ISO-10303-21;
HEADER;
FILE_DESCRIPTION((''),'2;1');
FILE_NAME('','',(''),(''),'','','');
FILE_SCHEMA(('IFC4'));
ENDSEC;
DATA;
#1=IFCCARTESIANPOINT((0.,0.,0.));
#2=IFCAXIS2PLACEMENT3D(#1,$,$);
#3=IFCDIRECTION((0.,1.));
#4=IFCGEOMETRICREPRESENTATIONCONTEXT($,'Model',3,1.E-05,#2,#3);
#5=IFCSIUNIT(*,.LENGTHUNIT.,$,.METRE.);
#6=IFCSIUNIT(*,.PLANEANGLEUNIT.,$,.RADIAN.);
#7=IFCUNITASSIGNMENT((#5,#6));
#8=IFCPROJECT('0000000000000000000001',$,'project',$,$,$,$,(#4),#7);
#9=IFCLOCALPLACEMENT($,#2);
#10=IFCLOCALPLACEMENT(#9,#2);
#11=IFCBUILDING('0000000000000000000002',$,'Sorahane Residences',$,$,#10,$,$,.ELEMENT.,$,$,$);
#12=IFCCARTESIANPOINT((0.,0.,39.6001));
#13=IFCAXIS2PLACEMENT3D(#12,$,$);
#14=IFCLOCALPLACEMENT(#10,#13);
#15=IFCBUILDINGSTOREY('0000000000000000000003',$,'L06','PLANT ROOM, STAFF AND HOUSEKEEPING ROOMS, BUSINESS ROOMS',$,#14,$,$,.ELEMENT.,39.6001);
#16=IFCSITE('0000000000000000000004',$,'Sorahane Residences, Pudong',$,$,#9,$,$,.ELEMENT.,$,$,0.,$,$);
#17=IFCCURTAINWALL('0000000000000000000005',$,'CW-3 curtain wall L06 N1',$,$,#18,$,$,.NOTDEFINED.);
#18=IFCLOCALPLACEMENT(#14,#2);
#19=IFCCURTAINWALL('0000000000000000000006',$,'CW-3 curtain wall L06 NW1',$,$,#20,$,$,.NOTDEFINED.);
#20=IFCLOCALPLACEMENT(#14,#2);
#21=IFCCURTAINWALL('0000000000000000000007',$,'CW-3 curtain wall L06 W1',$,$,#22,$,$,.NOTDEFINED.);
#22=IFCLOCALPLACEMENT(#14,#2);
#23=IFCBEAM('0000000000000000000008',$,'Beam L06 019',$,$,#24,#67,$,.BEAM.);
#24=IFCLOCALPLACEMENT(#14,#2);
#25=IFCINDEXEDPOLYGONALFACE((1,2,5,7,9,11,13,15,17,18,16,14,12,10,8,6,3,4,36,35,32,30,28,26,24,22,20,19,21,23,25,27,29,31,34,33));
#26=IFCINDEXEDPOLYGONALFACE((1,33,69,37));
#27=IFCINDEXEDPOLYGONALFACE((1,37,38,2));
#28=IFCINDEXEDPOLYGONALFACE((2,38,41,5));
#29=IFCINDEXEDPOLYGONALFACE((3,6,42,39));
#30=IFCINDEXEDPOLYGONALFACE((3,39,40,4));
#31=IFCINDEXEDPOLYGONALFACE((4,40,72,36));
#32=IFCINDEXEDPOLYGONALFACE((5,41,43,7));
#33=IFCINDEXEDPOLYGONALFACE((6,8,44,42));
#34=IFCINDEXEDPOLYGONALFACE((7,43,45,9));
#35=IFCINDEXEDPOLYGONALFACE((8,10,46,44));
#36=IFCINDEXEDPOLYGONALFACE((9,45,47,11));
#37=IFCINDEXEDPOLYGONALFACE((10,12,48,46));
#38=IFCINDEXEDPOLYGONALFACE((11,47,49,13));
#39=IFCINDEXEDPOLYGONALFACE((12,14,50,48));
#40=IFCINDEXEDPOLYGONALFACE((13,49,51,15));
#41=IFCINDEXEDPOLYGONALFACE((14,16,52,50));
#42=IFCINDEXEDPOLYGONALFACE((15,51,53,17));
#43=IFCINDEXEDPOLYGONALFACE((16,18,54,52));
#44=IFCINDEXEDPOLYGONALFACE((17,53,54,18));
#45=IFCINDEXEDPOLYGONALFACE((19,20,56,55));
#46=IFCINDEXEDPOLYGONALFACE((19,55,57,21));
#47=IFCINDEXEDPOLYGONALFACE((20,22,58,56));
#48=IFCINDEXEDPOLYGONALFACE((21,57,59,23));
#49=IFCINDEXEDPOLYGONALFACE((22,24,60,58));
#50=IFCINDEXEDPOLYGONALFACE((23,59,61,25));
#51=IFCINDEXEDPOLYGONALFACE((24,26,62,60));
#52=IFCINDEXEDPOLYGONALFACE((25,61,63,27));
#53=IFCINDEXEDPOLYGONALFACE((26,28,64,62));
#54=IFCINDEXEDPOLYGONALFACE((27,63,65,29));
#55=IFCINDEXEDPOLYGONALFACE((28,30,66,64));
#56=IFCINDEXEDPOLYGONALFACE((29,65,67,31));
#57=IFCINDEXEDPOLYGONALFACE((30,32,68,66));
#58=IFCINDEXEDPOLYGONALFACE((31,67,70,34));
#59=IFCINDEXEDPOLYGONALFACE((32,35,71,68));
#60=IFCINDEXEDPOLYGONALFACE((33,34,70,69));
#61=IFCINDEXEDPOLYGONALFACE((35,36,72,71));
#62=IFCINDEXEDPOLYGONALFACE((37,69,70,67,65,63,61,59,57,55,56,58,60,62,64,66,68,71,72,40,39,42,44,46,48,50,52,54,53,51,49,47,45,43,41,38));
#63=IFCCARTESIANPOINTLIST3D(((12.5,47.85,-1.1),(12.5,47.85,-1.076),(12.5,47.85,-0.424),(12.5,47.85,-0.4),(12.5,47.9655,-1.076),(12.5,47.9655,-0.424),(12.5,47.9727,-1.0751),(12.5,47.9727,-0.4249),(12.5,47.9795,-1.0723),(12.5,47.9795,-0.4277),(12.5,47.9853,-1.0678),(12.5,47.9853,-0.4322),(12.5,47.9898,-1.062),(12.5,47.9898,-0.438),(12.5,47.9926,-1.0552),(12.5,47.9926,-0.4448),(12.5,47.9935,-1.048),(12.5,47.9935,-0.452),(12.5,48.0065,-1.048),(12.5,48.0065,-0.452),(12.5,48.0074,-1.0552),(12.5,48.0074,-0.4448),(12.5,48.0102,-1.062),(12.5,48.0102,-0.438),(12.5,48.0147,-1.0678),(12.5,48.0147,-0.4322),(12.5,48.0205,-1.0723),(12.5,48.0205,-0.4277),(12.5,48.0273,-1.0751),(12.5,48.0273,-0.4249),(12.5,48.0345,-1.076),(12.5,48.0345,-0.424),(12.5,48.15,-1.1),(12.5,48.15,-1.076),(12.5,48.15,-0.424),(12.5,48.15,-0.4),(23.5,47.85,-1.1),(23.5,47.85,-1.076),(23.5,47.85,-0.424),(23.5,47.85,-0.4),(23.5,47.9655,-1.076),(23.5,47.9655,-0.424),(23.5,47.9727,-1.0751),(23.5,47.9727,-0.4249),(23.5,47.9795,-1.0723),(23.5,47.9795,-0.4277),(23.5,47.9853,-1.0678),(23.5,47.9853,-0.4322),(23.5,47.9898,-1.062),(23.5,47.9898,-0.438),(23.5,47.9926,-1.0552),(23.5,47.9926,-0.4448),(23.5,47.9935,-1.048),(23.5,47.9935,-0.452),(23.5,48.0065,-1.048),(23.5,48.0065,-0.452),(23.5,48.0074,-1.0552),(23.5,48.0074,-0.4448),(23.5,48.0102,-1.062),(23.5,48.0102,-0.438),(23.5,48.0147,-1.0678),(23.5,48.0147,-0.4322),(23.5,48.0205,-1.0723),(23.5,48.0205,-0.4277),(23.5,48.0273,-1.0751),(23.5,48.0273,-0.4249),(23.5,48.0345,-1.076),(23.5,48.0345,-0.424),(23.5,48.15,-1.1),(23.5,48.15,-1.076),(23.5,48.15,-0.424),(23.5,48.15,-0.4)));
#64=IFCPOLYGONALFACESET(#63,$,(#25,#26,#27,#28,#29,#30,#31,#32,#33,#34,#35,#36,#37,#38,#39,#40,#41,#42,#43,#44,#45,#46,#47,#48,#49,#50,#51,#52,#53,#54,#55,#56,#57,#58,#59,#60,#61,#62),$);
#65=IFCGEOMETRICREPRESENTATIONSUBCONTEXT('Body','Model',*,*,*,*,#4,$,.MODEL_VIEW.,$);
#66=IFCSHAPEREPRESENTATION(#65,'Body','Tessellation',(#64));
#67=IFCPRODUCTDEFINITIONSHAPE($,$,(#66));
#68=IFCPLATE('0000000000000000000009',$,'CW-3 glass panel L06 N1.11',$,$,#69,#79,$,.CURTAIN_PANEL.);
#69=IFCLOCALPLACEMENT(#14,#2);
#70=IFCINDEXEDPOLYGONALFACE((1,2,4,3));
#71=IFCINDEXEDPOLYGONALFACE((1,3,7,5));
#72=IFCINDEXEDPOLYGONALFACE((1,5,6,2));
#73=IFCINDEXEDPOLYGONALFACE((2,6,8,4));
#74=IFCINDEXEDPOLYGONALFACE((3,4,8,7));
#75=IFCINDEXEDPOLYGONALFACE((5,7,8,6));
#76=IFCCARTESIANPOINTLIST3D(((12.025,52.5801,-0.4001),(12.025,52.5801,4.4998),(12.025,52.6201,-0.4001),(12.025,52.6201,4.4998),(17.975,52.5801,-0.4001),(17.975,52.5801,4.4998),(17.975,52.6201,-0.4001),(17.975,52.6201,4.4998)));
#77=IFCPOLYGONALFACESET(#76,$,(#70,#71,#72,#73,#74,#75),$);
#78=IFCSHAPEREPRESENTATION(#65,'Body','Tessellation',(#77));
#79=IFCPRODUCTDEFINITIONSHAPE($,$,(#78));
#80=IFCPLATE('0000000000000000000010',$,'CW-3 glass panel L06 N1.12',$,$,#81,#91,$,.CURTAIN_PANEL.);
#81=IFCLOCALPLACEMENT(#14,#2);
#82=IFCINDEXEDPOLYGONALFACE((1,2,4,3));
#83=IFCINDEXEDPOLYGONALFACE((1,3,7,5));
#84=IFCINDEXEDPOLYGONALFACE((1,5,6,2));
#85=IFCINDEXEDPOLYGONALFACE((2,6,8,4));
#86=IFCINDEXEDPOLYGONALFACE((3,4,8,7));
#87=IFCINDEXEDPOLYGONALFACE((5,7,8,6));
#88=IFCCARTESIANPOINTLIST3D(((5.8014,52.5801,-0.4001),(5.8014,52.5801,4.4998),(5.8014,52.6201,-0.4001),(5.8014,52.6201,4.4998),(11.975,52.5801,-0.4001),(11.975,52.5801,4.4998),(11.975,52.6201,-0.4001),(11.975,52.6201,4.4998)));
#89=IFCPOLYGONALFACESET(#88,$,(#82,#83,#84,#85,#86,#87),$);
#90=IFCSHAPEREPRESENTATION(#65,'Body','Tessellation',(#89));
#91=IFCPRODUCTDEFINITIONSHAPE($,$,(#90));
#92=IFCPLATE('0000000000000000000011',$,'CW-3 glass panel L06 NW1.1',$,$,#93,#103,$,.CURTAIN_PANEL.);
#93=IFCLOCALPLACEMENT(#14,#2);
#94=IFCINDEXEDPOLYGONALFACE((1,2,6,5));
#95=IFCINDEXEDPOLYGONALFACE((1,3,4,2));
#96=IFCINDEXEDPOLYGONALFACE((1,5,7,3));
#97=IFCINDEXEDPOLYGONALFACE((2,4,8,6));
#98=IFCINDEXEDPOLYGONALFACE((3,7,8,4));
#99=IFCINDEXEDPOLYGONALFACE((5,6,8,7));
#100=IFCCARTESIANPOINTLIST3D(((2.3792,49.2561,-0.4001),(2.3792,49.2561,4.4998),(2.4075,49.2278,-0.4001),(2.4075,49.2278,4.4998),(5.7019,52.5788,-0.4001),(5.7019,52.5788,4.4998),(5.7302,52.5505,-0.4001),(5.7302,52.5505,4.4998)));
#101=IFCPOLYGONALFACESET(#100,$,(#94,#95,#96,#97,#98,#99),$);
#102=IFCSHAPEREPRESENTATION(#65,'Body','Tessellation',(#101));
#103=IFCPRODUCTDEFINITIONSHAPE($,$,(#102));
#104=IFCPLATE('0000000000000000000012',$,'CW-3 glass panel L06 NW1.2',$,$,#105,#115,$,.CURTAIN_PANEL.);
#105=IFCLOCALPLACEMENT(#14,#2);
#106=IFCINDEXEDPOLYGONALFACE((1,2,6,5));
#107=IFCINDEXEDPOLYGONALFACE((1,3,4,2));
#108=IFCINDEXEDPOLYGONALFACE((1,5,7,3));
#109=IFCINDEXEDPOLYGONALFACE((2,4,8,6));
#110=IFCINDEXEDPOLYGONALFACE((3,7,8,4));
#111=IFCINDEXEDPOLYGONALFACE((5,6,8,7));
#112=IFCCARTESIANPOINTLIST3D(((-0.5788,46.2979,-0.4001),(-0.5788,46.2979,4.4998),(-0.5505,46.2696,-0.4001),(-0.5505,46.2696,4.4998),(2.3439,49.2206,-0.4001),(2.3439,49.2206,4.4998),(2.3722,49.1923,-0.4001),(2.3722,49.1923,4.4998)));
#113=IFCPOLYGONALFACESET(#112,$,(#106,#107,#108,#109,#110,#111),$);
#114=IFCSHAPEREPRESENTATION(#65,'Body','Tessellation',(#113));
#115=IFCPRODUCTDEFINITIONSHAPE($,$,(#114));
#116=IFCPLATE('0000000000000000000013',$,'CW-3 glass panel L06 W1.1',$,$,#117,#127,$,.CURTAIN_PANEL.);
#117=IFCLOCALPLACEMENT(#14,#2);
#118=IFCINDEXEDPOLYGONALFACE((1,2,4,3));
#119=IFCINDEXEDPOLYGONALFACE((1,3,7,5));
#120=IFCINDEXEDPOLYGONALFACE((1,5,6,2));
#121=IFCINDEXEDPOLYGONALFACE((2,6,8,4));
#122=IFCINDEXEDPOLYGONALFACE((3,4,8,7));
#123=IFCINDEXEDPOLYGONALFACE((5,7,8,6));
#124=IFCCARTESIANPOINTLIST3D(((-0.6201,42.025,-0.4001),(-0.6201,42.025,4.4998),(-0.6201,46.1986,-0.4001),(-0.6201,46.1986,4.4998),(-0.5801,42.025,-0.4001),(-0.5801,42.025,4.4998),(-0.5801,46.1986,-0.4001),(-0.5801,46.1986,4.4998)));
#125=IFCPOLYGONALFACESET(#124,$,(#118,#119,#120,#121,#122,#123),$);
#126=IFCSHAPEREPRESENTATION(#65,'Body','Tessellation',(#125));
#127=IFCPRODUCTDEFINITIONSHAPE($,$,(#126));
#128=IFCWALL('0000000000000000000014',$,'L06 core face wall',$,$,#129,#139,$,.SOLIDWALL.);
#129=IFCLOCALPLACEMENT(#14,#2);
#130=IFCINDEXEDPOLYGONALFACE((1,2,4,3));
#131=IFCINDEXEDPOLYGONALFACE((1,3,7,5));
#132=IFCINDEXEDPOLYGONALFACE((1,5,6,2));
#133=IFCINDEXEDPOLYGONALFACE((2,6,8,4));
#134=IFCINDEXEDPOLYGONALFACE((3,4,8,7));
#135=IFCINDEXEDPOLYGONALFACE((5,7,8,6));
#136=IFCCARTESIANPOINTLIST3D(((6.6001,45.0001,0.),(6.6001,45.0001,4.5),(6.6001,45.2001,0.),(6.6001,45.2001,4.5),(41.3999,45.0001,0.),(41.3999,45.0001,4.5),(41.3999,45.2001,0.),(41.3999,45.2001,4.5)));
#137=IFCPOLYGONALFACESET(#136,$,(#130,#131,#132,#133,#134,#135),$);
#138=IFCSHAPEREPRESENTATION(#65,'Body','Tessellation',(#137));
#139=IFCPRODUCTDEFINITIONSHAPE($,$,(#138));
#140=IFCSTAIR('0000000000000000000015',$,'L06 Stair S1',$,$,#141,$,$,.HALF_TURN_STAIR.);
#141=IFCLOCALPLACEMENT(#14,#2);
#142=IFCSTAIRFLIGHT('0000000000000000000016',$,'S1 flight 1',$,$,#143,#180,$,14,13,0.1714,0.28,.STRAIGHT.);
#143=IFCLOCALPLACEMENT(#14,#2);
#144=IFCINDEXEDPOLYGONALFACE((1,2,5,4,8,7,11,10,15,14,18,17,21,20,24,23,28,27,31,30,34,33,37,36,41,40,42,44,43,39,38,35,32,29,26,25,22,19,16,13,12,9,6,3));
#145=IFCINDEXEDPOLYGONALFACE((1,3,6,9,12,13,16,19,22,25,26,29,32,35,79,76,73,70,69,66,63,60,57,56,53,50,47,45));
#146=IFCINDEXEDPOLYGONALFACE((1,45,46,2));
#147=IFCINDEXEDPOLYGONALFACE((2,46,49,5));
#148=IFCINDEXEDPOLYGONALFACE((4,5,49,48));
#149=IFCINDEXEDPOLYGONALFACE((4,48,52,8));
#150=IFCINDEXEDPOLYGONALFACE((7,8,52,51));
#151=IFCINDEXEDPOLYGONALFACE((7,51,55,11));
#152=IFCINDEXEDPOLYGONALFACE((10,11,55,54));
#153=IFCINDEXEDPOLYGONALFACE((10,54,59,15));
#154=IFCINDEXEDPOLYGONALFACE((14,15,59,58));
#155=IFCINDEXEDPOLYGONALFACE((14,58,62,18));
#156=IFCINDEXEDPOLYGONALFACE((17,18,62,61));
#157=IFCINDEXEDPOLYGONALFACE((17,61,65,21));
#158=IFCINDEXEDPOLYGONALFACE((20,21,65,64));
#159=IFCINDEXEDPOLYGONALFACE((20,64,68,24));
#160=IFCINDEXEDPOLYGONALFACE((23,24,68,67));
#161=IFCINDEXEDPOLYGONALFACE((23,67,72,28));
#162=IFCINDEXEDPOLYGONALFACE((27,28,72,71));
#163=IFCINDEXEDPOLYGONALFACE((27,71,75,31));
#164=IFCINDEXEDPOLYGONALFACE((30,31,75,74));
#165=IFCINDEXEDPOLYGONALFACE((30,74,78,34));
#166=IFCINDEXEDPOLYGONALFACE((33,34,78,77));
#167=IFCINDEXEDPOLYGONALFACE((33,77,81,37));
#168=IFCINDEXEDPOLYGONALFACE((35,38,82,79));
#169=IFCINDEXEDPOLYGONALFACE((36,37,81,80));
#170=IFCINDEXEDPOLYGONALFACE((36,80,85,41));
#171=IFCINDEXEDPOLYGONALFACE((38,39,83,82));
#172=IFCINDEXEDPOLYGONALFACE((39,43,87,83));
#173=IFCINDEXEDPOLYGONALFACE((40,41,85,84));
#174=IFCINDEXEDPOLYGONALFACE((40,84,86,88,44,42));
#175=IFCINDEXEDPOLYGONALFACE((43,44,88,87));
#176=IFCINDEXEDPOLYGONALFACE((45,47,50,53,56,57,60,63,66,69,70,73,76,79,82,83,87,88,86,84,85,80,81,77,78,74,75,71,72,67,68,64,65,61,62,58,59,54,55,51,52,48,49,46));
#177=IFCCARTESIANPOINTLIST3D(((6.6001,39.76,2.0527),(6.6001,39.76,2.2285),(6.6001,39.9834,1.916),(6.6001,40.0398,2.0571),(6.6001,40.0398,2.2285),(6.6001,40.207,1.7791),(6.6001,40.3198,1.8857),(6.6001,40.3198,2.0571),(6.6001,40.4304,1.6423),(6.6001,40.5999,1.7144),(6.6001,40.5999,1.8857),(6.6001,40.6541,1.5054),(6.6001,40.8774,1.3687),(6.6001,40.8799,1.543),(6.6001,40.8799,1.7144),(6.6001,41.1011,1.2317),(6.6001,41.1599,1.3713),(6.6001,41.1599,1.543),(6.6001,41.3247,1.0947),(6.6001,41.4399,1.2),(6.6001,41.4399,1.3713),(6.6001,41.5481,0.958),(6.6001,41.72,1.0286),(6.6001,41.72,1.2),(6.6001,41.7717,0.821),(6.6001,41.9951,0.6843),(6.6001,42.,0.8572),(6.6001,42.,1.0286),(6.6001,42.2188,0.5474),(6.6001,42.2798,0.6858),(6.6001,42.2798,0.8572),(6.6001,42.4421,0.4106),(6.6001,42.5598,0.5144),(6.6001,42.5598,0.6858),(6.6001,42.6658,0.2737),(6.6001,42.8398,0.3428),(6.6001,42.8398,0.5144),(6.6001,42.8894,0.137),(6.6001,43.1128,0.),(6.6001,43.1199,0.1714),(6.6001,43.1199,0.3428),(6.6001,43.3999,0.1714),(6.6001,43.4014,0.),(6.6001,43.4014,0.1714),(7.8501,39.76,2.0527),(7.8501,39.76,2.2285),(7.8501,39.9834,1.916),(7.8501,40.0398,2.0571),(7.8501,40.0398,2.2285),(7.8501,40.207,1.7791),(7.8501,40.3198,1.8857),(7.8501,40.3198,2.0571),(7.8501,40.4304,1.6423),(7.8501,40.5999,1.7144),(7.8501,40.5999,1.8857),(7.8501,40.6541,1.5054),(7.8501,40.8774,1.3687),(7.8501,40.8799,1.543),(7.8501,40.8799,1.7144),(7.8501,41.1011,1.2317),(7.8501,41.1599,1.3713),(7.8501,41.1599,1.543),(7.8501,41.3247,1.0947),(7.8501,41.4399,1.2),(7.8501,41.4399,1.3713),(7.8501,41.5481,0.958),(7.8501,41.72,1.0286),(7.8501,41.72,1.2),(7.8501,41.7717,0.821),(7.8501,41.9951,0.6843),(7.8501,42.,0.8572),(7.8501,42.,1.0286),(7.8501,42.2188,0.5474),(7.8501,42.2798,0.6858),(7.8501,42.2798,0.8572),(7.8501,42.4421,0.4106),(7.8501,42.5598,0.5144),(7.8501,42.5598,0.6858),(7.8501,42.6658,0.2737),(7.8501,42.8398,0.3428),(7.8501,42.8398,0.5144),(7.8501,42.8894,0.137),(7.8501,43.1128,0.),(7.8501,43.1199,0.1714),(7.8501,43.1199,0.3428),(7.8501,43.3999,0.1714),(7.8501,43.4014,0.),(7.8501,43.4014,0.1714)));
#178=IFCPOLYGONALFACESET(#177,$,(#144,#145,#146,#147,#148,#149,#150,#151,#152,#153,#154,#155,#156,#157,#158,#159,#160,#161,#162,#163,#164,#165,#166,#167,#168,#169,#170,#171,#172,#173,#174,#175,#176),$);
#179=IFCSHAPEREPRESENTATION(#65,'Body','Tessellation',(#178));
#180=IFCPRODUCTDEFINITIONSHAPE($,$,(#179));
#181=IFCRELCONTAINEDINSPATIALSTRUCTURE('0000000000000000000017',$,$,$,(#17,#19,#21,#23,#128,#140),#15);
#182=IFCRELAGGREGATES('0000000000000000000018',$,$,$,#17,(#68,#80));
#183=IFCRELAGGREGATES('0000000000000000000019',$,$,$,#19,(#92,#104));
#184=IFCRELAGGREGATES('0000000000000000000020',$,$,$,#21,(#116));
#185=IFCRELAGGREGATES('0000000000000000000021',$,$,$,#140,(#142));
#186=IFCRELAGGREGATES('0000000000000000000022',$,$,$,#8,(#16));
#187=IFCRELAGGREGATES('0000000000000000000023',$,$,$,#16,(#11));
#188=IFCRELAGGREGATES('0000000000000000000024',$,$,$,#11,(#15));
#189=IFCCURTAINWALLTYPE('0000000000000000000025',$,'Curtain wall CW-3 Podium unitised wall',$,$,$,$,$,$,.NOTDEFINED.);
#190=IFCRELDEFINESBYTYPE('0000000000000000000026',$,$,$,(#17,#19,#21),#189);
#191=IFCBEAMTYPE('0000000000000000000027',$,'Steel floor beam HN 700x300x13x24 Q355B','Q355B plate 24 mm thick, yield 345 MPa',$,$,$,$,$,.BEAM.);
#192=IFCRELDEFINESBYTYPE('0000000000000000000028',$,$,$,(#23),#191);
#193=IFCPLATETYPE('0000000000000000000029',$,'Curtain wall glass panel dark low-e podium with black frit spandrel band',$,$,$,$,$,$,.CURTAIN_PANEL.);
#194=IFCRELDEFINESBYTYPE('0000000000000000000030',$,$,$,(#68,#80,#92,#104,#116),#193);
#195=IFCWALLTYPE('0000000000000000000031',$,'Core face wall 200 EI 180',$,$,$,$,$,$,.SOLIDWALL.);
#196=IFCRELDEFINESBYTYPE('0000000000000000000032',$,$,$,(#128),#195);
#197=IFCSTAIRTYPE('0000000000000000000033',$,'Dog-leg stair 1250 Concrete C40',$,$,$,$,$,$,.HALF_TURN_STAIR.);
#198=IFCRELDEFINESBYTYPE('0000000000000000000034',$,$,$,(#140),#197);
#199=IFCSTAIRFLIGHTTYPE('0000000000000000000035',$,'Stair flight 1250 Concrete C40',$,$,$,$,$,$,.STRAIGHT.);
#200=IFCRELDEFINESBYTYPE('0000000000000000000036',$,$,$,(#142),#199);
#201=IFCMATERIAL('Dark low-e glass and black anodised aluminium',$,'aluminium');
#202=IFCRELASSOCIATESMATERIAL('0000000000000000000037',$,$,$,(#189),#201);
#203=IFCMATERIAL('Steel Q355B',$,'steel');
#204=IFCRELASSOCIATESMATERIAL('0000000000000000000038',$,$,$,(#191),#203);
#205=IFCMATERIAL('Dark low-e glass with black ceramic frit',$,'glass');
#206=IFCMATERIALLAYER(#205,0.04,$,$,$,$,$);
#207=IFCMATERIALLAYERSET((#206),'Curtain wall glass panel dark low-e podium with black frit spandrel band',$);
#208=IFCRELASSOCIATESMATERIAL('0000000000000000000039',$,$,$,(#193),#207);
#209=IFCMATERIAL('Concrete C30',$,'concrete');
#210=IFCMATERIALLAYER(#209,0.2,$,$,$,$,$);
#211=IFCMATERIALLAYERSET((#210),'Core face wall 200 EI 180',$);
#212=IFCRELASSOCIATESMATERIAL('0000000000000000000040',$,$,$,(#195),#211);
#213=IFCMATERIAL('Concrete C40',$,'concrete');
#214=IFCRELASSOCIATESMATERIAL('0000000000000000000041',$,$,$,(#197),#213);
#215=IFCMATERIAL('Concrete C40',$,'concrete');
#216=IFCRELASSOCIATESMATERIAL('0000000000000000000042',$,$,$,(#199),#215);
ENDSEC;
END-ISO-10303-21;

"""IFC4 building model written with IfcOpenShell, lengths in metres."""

from ifc_helpers import new_model, si_unit, direction, frame, frame_2d, origin, origin_2d, place, context, subcontext, project, spatial, polyline, rectangle, i_section, outline, extrude, material, layer, layer_set, material_profile, profile_set, type_object, element, aggregate, save


model = new_model("IFC4")

# Units and contexts
model_context = context("Model", 3, precision=1e-05, world=origin(), true_north=direction((0.0, 1.0)))
body_context = subcontext(model_context, "Body", "Model", "MODEL_VIEW")
ifc_project = project(units=[si_unit("LENGTHUNIT", "METRE"), si_unit("PLANEANGLEUNIT", "RADIAN")], contexts=[model_context])

# Site, building, storey
site_placement = place(None, origin())
site = spatial("IfcSite", under=ifc_project, at=site_placement, Name="Sorahane Residences, Pudong", CompositionType="ELEMENT", RefElevation=0.0)
building_placement = place(site_placement, origin())
building = spatial("IfcBuilding", under=site, at=building_placement, Name="Sorahane Residences", CompositionType="ELEMENT")
storey_placement = place(building_placement, frame((0.0, 0.0, 39.6001)))
storey = spatial("IfcBuildingStorey", under=building, at=storey_placement, Name="L06", Description="PLANT ROOM, STAFF AND HOUSEKEEPING ROOMS, BUSINESS ROOMS", CompositionType="ELEMENT", Elevation=39.6001)

# Curtain walls
ifc_material_1 = material(Name="Dark low-e glass and black anodised aluminium", Category="aluminium")
curtain_wall_type = type_object("IfcCurtainWallType", Name="Curtain wall CW-3 Podium unitised wall", PredefinedType="NOTDEFINED", material=ifc_material_1)
curtain_wall_1_placement = place(storey_placement, origin())
curtain_wall_1 = element("IfcCurtainWall", 1, at=curtain_wall_1_placement, inside=storey, type_object=curtain_wall_type, Name="CW-3 curtain wall L06 N1", PredefinedType="NOTDEFINED")
curtain_wall_2_placement = place(storey_placement, origin())
curtain_wall_2 = element("IfcCurtainWall", 2, at=curtain_wall_2_placement, inside=storey, type_object=curtain_wall_type, Name="CW-3 curtain wall L06 NW1", PredefinedType="NOTDEFINED")

# Curtain wall
curtain_wall_3_placement = place(storey_placement, origin())
curtain_wall_3 = element("IfcCurtainWall", 3, at=curtain_wall_3_placement, inside=storey, type_object=curtain_wall_type, Name="CW-3 curtain wall L06 W1", PredefinedType="NOTDEFINED")

# Beam
ifc_material_2 = material(Name="Steel Q355B", Category="steel")
ifc_material_profile_1 = material_profile(ifc_material_2, i_section(OverallWidth=0.3, OverallDepth=0.7, WebThickness=0.0129, FlangeThickness=0.0239, FilletRadius=0.0281, at=origin_2d()), Name="HN 700x300x13x24")
ifc_profile_set_1 = profile_set([ifc_material_profile_1], Name="Steel Q355B")
beam_type_1 = type_object("IfcBeamType", Name="Steel floor beam HN 700x300x13x24 Q355B", Description="Q355B plate 24 mm thick, yield 345 MPa", PredefinedType="BEAM", material=ifc_profile_set_1)
beam_1_placement = place(storey_placement, frame((12.5, 48.0, -0.75), z_axis=(1.0, 0.0, 0.0), x_axis=(0.0, 1.0, 0.0)))
element("IfcBeam", 4, at=beam_1_placement, inside=storey, type_object=beam_type_1, Name="Beam L06 019", PredefinedType="BEAM", context=body_context, shape_type="SweptSolid", body=[
    extrude(i_section(OverallWidth=0.3, OverallDepth=0.7, WebThickness=0.0129, FlangeThickness=0.0239, FilletRadius=0.0281, at=origin_2d()), origin(), (0.0, 0.0, 1.0), 11.0),
])

# Plates
ifc_material_3 = material(Name="Dark low-e glass with black ceramic frit", Category="glass")
ifc_layer_1 = layer(ifc_material_3, 0.04)
ifc_layer_set_1 = layer_set([ifc_layer_1], Name="Curtain wall glass panel dark low-e podium with black frit spandrel band")
plate_type = type_object("IfcPlateType", Name="Curtain wall glass panel dark low-e podium with black frit spandrel band", PredefinedType="CURTAIN_PANEL", material=ifc_layer_set_1)
plate_1_placement = place(storey_placement, frame((15.0, 52.6001, -0.4001), z_axis=(0.0, 0.0, 1.0), x_axis=(-1.0, 0.0, 0.0)))
plate_1 = element("IfcPlate", 5, at=plate_1_placement, type_object=plate_type, Name="CW-3 glass panel L06 N1.11", PredefinedType="CURTAIN_PANEL", context=body_context, shape_type="SweptSolid", body=[
    extrude(rectangle(XDim=5.95, YDim=0.04, at=origin_2d()), origin(), (0.0, 0.0, 1.0), 4.8999),
])
plate_2_placement = place(storey_placement, frame((8.8882, 52.6001, -0.4001), z_axis=(0.0, 0.0, 1.0), x_axis=(-1.0, 0.0, 0.0)))
plate_2 = element("IfcPlate", 6, at=plate_2_placement, type_object=plate_type, Name="CW-3 glass panel L06 N1.12", PredefinedType="CURTAIN_PANEL", context=body_context, shape_type="SweptSolid", body=[
    extrude(rectangle(XDim=6.1736, YDim=0.04, at=origin_2d()), origin(), (0.0, 0.0, 1.0), 4.8999),
])
aggregate(curtain_wall_1, [plate_1, plate_2])
plate_3_placement = place(storey_placement, frame((4.0547, 50.9033, -0.4001), z_axis=(0.0, 0.0, 1.0), x_axis=(-0.707107, -0.707107, 0.0)))
plate_3 = element("IfcPlate", 7, at=plate_3_placement, type_object=plate_type, Name="CW-3 glass panel L06 NW1.1", PredefinedType="CURTAIN_PANEL", context=body_context, shape_type="SweptSolid", body=[
    extrude(rectangle(XDim=4.699, YDim=0.04, at=origin_2d()), origin(), (0.0, 0.0, 1.0), 4.8999),
])
plate_4_placement = place(storey_placement, frame((0.8967, 47.7451, -0.4001), z_axis=(0.0, 0.0, 1.0), x_axis=(-0.707107, -0.707107, 0.0)))
plate_4 = element("IfcPlate", 8, at=plate_4_placement, type_object=plate_type, Name="CW-3 glass panel L06 NW1.2", PredefinedType="CURTAIN_PANEL", context=body_context, shape_type="SweptSolid", body=[
    extrude(rectangle(XDim=4.1333, YDim=0.04, at=origin_2d()), origin(), (0.0, 0.0, 1.0), 4.8999),
])
aggregate(curtain_wall_2, [plate_3, plate_4])
plate_5_placement = place(storey_placement, frame((-0.6001, 44.1118, -0.4001), z_axis=(0.0, 0.0, 1.0), x_axis=(0.0, -1.0, 0.0)))
plate_5 = element("IfcPlate", 9, at=plate_5_placement, type_object=plate_type, Name="CW-3 glass panel L06 W1.1", PredefinedType="CURTAIN_PANEL", context=body_context, shape_type="SweptSolid", body=[
    extrude(rectangle(XDim=4.1736, YDim=0.04, at=origin_2d()), origin(), (0.0, 0.0, 1.0), 4.8999),
])
aggregate(curtain_wall_3, [plate_5])

# Wall
ifc_material_4 = material(Name="Concrete C30", Category="concrete")
ifc_layer_2 = layer(ifc_material_4, 0.2)
ifc_layer_set_2 = layer_set([ifc_layer_2], Name="Core face wall 200 EI 180")
wall_type = type_object("IfcWallType", Name="Core face wall 200 EI 180", PredefinedType="SOLIDWALL", material=ifc_layer_set_2)
wall_placement = place(storey_placement, frame((6.6001, 45.1001, 0.0), z_axis=(0.0, 0.0, 1.0), x_axis=(1.0, 0.0, 0.0)))
element("IfcWall", 10, at=wall_placement, inside=storey, type_object=wall_type, Name="L06 core face wall", PredefinedType="SOLIDWALL", context=body_context, shape_type="SweptSolid", body=[
    extrude(rectangle(XDim=34.7998, YDim=0.2, at=frame_2d((17.3999, 0.0))), origin(), (0.0, 0.0, 1.0), 4.5),
])

# Stair, stair flight
ifc_material_5 = material(Name="Concrete C40", Category="concrete")
stair_type = type_object("IfcStairType", Name="Dog-leg stair 1250 Concrete C40", PredefinedType="HALF_TURN_STAIR", material=ifc_material_5)
stair_placement = place(storey_placement, origin())
stair = element("IfcStair", 11, at=stair_placement, inside=storey, type_object=stair_type, Name="L06 Stair S1", PredefinedType="HALF_TURN_STAIR")
ifc_material_6 = material(Name="Concrete C40", Category="concrete")
stair_flight_type = type_object("IfcStairFlightType", Name="Stair flight 1250 Concrete C40", PredefinedType="STRAIGHT", material=ifc_material_6)
stair_flight_placement = place(storey_placement, frame((7.2251, 43.3999, 0.0), z_axis=(0.0, 0.0, 1.0), x_axis=(0.0, -1.0, 0.0)))
stair_flight = element("IfcStairFlight", 12, at=stair_flight_placement, type_object=stair_flight_type, Name="S1 flight 1", NumberOfRisers=14, NumberOfTreads=13, PredefinedType="STRAIGHT", RiserHeight=0.1714, TreadLength=0.28, context=body_context, shape_type="SweptSolid", body=[
    extrude(outline(polyline([(-0.0015, 0.0), (-0.0015, 0.1714), (0.0, 0.1714), (0.28, 0.1714), (0.28, 0.3428), (0.5601, 0.3428), (0.5601, 0.5144), (0.8401, 0.5144), (0.8401, 0.6858), (1.1201, 0.6858), (1.1201, 0.8572), (1.3999, 0.8572), (1.3999, 1.0286), (1.6799, 1.0286), (1.6799, 1.2), (1.96, 1.2), (1.96, 1.3713), (2.24, 1.3713), (2.24, 1.543), (2.52, 1.543), (2.52, 1.7144), (2.8, 1.7144), (2.8, 1.8857), (3.0801, 1.8857), (3.0801, 2.0571), (3.3601, 2.0571), (3.3601, 2.2285), (3.6399, 2.2285), (3.6399, 2.3999), (3.6399, 2.0527), (3.4165, 1.916), (3.1929, 1.7791), (2.9695, 1.6423), (2.7458, 1.5054), (2.5225, 1.3687), (2.2988, 1.2317), (2.0752, 1.0947), (1.8518, 0.958), (1.6282, 0.821), (1.4048, 0.6843), (1.1812, 0.5474), (0.9578, 0.4106), (0.7341, 0.2737), (0.5105, 0.137), (0.2871, 0.0), (-0.0015, 0.0)])), frame((0.0, 0.625, 0.0), z_axis=(0.0, -1.0, 0.0), x_axis=(1.0, 0.0, 0.0)), (0.0, 0.0, 1.0), 1.25),
])
aggregate(stair, [stair_flight])

save(model, "model.ifc")
